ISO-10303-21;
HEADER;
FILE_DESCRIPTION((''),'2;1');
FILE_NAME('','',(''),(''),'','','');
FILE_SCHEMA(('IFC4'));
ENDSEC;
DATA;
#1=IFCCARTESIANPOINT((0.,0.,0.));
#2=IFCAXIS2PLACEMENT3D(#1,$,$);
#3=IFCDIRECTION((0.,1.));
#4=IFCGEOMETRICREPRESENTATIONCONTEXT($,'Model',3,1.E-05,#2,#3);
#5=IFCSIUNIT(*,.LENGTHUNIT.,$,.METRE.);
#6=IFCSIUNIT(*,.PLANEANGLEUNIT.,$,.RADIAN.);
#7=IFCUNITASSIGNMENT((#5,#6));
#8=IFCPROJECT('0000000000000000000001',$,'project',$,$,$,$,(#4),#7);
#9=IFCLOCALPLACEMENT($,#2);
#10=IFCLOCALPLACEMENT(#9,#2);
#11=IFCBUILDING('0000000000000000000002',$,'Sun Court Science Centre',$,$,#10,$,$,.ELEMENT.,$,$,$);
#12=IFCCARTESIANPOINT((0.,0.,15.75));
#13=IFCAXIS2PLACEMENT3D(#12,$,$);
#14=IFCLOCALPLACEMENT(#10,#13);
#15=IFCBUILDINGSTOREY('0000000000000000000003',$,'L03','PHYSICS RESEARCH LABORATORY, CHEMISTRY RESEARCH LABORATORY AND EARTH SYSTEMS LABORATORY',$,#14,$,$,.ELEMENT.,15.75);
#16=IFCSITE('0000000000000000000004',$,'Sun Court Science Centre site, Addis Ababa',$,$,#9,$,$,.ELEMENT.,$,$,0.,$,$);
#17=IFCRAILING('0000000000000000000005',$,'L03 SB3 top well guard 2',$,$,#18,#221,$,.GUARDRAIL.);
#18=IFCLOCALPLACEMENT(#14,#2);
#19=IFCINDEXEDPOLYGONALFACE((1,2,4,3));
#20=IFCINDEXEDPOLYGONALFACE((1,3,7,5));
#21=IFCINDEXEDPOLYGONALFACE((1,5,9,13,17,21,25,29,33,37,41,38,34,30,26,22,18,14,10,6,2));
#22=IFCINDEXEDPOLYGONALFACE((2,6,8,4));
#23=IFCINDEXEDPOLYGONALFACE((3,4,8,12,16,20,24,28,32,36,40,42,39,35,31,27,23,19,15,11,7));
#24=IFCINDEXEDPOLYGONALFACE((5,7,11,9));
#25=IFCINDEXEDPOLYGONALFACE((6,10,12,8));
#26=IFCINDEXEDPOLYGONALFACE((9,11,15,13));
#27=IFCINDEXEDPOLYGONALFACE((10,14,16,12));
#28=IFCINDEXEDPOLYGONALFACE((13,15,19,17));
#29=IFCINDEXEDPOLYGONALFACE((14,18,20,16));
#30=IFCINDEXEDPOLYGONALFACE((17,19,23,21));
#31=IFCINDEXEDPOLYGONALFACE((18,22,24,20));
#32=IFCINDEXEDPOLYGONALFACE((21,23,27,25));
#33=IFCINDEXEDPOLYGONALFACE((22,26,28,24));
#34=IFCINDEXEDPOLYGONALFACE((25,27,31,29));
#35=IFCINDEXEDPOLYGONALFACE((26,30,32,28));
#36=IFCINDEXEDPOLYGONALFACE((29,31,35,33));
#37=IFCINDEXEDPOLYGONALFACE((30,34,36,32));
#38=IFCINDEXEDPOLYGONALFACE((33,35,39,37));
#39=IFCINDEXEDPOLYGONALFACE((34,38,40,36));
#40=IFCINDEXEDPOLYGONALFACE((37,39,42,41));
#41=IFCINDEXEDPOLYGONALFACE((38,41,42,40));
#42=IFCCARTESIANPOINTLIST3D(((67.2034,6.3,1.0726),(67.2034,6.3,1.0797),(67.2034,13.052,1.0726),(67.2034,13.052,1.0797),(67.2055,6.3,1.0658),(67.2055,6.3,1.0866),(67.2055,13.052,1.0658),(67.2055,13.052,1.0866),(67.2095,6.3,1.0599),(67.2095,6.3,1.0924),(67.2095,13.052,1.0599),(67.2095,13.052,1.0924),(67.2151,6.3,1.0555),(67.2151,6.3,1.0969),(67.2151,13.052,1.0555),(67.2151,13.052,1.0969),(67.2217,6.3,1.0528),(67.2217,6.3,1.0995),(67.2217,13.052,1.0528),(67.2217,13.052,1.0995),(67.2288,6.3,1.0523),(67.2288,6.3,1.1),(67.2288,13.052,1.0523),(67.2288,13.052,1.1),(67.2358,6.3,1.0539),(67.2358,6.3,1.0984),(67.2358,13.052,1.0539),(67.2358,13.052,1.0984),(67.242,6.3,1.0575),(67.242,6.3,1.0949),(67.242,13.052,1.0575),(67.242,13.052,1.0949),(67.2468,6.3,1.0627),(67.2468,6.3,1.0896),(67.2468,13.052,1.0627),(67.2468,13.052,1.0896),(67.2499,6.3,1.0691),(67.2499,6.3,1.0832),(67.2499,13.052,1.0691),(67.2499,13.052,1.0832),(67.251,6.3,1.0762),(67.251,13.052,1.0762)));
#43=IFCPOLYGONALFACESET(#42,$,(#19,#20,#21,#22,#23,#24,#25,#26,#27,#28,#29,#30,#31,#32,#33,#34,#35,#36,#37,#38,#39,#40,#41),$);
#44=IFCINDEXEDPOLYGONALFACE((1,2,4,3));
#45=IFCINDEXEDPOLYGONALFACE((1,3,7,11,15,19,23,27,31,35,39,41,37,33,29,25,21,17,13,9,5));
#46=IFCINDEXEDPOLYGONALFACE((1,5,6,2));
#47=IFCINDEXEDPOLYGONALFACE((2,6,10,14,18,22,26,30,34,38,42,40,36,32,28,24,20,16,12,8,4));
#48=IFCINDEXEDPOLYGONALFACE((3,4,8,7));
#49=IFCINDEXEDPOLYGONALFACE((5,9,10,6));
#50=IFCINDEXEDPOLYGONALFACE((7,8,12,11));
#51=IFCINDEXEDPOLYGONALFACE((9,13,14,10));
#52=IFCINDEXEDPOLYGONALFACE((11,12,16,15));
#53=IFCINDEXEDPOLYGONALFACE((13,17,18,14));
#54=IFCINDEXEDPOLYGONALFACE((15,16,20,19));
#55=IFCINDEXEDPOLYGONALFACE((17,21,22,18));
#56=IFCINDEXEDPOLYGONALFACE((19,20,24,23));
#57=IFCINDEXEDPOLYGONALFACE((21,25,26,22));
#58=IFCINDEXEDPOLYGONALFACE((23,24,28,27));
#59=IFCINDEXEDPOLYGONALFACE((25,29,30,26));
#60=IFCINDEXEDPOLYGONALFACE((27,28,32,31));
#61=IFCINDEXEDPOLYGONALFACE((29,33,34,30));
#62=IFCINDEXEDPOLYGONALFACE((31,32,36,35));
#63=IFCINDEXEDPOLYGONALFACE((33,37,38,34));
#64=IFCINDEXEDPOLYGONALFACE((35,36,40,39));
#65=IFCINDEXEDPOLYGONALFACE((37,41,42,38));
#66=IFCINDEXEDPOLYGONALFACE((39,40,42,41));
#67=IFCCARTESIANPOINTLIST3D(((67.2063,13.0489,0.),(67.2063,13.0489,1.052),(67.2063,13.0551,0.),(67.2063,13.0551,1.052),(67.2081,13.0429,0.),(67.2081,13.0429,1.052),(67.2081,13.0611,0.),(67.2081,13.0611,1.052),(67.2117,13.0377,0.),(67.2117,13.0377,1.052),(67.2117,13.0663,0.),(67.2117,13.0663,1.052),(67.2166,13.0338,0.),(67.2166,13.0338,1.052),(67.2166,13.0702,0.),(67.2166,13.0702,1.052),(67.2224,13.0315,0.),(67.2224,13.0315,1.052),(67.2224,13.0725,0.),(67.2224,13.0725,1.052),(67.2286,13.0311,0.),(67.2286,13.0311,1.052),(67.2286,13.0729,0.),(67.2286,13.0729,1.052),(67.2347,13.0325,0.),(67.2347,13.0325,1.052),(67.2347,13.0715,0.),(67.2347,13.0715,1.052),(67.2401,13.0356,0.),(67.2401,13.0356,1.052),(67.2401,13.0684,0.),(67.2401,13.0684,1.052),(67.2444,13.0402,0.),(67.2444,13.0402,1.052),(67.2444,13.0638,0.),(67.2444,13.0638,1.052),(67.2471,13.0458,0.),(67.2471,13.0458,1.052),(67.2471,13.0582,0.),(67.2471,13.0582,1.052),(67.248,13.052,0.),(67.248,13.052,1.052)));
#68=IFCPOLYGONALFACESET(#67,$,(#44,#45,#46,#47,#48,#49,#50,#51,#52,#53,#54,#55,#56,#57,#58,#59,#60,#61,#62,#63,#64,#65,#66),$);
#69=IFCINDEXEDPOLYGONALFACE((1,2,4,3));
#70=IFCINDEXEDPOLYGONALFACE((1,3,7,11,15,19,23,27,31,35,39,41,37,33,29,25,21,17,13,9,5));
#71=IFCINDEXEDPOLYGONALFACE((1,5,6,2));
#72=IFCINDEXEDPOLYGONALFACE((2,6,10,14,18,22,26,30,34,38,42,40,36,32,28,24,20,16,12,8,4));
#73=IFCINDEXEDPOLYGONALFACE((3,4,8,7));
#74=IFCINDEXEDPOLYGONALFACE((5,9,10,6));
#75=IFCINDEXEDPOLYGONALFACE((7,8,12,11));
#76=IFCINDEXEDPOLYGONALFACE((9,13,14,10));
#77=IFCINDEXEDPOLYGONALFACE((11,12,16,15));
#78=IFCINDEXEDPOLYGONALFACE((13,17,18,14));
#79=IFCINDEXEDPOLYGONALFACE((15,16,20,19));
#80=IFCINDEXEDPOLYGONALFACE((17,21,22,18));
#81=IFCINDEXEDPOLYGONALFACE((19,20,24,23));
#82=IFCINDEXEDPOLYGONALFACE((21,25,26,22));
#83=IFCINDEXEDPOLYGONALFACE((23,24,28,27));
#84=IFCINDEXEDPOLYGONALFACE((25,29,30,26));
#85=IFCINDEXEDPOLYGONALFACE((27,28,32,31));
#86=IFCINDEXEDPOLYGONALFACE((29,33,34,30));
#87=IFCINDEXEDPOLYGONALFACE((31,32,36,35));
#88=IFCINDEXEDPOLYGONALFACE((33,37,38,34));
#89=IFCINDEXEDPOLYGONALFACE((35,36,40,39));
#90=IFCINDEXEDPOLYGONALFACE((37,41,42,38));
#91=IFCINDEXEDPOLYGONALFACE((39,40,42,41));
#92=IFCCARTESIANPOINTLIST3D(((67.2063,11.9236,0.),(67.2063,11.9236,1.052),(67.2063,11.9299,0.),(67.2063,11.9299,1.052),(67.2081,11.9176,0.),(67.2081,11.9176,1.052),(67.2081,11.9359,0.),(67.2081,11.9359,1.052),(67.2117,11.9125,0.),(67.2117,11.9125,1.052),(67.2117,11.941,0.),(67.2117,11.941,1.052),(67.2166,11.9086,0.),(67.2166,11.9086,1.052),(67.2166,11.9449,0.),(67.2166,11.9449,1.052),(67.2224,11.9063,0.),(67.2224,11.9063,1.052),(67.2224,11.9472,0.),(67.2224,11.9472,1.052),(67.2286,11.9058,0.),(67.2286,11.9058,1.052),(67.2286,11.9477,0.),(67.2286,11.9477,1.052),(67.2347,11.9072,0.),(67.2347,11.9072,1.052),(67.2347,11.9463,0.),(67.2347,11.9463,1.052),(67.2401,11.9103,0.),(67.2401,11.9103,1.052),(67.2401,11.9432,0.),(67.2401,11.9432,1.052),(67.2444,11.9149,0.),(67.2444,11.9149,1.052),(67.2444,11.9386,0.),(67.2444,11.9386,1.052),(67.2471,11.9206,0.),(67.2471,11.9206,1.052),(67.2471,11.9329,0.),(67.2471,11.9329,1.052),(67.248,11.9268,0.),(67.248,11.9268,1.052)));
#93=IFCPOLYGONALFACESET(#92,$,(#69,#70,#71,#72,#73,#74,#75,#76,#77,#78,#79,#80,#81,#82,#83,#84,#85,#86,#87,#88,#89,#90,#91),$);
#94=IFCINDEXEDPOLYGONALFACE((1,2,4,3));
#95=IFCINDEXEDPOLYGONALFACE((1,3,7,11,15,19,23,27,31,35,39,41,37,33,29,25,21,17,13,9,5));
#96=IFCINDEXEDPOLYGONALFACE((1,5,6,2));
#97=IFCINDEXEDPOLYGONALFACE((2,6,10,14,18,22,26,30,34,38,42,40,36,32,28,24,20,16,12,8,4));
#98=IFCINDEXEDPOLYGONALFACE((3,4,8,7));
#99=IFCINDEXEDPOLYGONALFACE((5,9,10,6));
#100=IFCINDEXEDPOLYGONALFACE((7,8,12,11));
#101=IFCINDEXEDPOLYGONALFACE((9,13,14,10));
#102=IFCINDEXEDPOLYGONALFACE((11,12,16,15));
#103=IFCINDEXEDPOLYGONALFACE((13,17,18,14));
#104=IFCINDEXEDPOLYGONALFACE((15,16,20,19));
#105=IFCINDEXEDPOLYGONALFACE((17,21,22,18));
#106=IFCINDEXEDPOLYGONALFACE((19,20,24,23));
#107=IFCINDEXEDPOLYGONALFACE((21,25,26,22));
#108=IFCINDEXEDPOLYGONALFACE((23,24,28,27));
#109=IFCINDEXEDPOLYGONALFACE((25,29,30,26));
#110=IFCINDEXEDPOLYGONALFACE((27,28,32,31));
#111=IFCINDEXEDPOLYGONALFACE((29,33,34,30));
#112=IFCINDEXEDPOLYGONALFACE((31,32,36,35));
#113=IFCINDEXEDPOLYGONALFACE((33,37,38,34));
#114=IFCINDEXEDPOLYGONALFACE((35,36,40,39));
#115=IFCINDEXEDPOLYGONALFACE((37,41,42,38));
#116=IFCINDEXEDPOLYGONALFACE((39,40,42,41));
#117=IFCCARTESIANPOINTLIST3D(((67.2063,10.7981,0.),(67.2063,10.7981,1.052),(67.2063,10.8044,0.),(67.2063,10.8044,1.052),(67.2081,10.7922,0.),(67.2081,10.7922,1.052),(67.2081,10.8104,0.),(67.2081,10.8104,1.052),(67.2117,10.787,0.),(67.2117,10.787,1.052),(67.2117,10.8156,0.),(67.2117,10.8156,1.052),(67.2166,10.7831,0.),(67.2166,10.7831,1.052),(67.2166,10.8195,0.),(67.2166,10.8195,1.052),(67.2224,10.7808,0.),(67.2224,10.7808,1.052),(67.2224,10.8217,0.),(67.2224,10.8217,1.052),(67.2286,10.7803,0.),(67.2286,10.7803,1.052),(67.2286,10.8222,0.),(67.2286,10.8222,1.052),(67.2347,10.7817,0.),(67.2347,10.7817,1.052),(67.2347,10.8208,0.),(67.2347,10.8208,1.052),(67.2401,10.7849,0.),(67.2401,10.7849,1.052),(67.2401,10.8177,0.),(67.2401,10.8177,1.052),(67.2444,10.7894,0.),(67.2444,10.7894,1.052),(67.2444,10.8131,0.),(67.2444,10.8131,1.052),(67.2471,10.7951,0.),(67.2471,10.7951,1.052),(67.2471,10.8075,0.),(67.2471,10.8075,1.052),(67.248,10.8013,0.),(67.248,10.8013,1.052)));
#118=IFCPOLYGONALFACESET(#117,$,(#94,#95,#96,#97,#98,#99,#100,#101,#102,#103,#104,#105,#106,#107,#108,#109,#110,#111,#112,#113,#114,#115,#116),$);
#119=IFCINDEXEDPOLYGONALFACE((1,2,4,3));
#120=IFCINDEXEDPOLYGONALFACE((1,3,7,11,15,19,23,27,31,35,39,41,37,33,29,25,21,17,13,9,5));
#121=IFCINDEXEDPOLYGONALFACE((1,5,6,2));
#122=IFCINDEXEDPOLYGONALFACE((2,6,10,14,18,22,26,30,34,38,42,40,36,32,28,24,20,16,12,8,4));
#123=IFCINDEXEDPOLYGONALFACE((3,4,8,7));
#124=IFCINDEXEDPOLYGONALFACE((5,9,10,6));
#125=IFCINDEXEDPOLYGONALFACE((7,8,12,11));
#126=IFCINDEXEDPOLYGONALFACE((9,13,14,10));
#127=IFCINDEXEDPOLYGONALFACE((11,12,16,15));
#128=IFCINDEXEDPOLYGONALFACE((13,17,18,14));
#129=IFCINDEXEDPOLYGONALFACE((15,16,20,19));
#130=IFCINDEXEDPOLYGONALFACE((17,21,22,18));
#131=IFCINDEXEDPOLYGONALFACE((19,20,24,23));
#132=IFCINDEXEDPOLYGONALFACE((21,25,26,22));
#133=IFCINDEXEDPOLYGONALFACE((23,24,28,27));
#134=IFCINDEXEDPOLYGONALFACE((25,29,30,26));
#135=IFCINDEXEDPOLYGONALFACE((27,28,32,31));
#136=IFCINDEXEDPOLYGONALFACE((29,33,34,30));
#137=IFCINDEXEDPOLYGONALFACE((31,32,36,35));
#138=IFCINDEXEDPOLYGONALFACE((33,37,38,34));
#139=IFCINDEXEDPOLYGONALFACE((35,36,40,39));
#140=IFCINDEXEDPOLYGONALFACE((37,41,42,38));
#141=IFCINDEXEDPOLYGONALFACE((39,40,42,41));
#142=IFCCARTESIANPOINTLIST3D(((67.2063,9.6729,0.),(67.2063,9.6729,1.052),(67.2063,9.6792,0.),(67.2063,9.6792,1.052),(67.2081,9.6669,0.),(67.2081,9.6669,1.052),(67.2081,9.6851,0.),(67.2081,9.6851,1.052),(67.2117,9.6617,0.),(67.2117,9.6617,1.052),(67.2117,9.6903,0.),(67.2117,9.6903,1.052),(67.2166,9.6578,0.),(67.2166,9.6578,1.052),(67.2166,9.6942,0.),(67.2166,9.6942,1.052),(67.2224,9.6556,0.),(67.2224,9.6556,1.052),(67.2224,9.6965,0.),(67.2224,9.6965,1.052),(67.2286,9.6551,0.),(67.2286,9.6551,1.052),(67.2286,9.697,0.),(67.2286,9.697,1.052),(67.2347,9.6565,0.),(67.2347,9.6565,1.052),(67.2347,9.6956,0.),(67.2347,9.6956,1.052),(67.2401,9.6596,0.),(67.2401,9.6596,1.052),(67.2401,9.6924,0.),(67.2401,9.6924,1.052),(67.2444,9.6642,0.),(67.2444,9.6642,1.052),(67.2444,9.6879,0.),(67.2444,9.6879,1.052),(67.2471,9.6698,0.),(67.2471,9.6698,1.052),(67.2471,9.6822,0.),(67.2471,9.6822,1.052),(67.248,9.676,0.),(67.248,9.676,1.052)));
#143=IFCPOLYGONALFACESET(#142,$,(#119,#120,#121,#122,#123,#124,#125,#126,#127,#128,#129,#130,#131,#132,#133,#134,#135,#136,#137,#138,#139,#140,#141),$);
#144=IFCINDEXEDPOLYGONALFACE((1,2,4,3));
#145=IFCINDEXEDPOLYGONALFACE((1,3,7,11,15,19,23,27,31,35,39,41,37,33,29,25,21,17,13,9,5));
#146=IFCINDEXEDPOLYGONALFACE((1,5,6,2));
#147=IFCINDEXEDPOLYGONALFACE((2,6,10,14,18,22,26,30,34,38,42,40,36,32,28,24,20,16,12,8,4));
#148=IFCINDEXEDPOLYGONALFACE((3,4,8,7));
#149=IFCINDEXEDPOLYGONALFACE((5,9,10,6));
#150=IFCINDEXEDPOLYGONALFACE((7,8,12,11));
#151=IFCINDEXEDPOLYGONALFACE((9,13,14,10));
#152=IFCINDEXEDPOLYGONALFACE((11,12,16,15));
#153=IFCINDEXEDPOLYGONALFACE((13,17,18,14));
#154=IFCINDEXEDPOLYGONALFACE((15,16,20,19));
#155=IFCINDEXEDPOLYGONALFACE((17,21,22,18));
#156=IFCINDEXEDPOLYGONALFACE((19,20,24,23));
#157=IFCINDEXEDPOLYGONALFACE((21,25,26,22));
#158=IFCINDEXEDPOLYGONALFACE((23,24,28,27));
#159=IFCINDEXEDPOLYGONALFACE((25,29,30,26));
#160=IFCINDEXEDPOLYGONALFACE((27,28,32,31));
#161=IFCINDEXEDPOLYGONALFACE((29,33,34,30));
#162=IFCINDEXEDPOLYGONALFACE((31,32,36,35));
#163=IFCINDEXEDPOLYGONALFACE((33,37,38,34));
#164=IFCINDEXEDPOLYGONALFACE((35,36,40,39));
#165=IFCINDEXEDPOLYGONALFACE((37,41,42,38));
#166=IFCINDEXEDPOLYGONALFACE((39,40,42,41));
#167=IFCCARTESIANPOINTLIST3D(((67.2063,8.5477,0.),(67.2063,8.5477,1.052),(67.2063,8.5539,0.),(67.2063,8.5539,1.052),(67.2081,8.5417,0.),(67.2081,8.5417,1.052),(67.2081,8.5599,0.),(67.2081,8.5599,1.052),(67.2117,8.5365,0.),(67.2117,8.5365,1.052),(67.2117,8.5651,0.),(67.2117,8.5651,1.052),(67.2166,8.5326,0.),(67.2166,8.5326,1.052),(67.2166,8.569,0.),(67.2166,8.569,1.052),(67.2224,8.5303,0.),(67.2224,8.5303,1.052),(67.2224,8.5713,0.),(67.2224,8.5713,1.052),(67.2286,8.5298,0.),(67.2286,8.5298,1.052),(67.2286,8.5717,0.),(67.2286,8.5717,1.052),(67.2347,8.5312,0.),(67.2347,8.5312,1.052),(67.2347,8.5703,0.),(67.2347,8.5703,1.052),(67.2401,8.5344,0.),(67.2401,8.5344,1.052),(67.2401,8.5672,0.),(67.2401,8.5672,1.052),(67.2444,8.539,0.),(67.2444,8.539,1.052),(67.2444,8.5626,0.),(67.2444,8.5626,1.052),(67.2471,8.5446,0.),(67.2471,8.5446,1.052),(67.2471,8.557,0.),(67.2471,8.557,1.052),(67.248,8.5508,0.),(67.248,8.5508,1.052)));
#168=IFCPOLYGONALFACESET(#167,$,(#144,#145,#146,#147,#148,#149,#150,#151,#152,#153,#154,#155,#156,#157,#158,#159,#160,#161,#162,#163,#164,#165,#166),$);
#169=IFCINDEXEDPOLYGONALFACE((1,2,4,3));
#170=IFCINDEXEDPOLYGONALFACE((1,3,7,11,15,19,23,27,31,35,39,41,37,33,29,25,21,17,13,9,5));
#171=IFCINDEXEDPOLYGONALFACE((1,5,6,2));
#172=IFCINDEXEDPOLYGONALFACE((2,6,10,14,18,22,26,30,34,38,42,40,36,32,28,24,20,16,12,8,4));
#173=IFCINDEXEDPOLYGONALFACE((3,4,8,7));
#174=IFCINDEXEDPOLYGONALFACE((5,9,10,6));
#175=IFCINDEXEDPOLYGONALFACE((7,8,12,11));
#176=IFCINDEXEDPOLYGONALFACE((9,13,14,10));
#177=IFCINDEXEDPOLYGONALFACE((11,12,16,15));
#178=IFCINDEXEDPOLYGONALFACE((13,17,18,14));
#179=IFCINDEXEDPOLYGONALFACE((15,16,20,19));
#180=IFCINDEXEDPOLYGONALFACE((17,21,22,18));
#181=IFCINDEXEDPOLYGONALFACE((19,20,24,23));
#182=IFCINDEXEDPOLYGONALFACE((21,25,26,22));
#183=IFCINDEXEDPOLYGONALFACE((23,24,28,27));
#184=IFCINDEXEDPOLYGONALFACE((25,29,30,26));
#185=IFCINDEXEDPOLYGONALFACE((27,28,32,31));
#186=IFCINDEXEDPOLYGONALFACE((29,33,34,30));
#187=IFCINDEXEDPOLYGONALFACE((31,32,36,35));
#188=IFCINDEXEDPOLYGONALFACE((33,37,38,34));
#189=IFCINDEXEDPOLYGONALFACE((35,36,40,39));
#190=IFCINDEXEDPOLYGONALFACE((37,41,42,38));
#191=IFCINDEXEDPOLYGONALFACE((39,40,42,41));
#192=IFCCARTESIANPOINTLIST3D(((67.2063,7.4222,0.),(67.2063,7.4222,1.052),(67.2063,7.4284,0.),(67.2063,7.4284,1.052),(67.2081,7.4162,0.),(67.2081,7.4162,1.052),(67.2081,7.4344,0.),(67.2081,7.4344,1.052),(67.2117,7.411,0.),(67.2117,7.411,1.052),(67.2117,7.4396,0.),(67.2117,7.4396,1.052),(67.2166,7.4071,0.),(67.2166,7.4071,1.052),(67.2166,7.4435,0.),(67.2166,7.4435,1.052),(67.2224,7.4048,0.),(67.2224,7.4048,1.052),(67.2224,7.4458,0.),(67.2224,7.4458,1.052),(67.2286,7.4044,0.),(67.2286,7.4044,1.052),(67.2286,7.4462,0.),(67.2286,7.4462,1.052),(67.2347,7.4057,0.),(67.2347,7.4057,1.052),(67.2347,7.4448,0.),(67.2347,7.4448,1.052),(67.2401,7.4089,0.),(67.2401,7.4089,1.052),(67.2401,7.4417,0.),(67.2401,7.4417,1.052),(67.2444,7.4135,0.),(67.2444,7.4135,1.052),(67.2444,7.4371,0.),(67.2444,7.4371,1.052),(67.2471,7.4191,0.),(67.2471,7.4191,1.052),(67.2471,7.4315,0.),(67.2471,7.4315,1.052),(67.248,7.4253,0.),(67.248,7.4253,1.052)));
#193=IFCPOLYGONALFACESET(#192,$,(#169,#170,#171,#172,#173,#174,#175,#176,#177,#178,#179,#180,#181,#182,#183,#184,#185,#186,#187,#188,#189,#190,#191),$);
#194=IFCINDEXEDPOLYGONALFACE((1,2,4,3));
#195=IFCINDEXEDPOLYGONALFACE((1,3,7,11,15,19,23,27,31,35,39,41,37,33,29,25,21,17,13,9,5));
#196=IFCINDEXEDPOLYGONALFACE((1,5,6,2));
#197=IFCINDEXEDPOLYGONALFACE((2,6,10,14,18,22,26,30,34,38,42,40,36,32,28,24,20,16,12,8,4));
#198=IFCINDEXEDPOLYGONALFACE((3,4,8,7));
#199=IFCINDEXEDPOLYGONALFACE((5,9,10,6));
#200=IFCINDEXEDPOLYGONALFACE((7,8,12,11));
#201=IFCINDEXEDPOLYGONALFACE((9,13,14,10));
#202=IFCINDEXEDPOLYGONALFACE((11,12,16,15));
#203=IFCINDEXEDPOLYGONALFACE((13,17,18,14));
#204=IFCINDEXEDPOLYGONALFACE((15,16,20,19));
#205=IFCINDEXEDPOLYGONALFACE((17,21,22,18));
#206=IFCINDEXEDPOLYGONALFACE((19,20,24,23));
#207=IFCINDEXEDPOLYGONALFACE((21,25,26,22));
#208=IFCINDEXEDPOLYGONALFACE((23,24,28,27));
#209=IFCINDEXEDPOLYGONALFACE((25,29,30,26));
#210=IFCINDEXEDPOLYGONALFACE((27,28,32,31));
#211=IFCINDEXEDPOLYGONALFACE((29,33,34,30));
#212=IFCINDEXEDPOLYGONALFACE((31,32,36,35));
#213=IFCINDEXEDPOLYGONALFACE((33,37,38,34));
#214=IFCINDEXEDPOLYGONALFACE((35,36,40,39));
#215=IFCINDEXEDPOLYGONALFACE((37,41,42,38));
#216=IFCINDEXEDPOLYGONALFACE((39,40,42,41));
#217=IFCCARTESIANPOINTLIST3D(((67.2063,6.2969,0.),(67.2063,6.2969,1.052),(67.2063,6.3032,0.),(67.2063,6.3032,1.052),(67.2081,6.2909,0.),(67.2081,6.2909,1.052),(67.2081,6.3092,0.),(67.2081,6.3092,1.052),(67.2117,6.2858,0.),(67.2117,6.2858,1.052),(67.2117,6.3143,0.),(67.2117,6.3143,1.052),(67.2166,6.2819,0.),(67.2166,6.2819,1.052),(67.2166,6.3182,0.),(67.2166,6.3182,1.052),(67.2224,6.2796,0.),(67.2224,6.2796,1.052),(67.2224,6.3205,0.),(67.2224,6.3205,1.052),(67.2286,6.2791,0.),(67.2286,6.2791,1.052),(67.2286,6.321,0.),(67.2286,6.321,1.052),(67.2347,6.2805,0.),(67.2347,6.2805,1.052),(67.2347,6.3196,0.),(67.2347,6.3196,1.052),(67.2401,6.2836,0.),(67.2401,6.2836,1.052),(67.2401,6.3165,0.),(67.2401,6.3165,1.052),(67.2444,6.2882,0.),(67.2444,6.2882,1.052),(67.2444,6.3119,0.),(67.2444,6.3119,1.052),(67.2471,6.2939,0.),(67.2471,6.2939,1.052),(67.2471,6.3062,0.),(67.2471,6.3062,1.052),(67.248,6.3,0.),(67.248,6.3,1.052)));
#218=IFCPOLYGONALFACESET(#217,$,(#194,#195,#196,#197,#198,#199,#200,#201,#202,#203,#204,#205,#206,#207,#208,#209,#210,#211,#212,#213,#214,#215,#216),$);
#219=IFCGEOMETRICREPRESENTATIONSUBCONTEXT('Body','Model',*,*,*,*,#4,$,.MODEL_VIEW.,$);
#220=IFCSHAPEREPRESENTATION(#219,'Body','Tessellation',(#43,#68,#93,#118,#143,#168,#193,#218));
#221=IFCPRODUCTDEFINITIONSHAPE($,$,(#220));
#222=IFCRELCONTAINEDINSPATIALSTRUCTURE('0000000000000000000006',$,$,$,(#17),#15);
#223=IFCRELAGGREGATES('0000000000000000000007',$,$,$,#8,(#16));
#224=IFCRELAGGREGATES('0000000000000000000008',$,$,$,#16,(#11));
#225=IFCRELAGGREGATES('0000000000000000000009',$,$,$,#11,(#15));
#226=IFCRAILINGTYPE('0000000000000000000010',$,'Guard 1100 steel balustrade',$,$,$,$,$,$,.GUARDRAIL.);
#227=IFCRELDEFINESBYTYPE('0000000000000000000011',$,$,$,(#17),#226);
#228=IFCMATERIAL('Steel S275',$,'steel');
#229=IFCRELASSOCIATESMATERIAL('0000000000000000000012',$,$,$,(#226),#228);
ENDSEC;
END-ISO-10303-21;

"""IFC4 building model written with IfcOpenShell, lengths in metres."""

from ifc_helpers import new_model, si_unit, direction, frame, origin, origin_2d, place, context, subcontext, project, spatial, circle, extrude, material, type_object, element, save


model = new_model("IFC4")

# Units and contexts
model_context = context("Model", 3, precision=1e-05, world=origin(), true_north=direction((0.0, 1.0)))
body_context = subcontext(model_context, "Body", "Model", "MODEL_VIEW")
ifc_project = project(units=[si_unit("LENGTHUNIT", "METRE"), si_unit("PLANEANGLEUNIT", "RADIAN")], contexts=[model_context])

# Site, building, storey
site_placement = place(None, origin())
site = spatial("IfcSite", under=ifc_project, at=site_placement, Name="Sun Court Science Centre site, Addis Ababa", CompositionType="ELEMENT", RefElevation=0.0)
building_placement = place(site_placement, origin())
building = spatial("IfcBuilding", under=site, at=building_placement, Name="Sun Court Science Centre", CompositionType="ELEMENT")
storey_placement = place(building_placement, frame((0.0, 0.0, 15.75)))
storey = spatial("IfcBuildingStorey", under=building, at=storey_placement, Name="L03", Description="PHYSICS RESEARCH LABORATORY, CHEMISTRY RESEARCH LABORATORY AND EARTH SYSTEMS LABORATORY", CompositionType="ELEMENT", Elevation=15.75)

# Railing
ifc_material_1 = material(Name="Steel S275", Category="steel")
railing_type = type_object("IfcRailingType", Name="Guard 1100 steel balustrade", PredefinedType="GUARDRAIL", material=ifc_material_1)
railing_1_placement = place(storey_placement, frame((67.2271, 13.052, 0.0)))
element("IfcRailing", 1, at=railing_1_placement, inside=storey, type_object=railing_type, Name="L03 SB3 top well guard 2", PredefinedType="GUARDRAIL", context=body_context, shape_type="SweptSolid", body=[
    extrude(circle(Radius=0.0239, at=origin_2d()), frame((0.0, 0.0, 1.0762), z_axis=(0.0, -1.0, 0.0), x_axis=(1.0, 0.0, 0.0)), (0.0, 0.0, 1.0), 6.752),
    extrude(circle(Radius=0.021, at=origin_2d()), origin(), (0.0, 0.0, 1.0), 1.052),
    extrude(circle(Radius=0.021, at=origin_2d()), frame((0.0, -1.1252, 0.0)), (0.0, 0.0, 1.0), 1.052),
    extrude(circle(Radius=0.021, at=origin_2d()), frame((0.0, -2.2507, 0.0)), (0.0, 0.0, 1.0), 1.052),
    extrude(circle(Radius=0.021, at=origin_2d()), frame((0.0, -3.376, 0.0)), (0.0, 0.0, 1.0), 1.052),
    extrude(circle(Radius=0.021, at=origin_2d()), frame((0.0, -4.5012, 0.0)), (0.0, 0.0, 1.0), 1.052),
    extrude(circle(Radius=0.021, at=origin_2d()), frame((0.0, -5.6267, 0.0)), (0.0, 0.0, 1.0), 1.052),
    extrude(circle(Radius=0.021, at=origin_2d()), frame((0.0, -6.752, 0.0)), (0.0, 0.0, 1.0), 1.052),
])

save(model, "model.ifc")
